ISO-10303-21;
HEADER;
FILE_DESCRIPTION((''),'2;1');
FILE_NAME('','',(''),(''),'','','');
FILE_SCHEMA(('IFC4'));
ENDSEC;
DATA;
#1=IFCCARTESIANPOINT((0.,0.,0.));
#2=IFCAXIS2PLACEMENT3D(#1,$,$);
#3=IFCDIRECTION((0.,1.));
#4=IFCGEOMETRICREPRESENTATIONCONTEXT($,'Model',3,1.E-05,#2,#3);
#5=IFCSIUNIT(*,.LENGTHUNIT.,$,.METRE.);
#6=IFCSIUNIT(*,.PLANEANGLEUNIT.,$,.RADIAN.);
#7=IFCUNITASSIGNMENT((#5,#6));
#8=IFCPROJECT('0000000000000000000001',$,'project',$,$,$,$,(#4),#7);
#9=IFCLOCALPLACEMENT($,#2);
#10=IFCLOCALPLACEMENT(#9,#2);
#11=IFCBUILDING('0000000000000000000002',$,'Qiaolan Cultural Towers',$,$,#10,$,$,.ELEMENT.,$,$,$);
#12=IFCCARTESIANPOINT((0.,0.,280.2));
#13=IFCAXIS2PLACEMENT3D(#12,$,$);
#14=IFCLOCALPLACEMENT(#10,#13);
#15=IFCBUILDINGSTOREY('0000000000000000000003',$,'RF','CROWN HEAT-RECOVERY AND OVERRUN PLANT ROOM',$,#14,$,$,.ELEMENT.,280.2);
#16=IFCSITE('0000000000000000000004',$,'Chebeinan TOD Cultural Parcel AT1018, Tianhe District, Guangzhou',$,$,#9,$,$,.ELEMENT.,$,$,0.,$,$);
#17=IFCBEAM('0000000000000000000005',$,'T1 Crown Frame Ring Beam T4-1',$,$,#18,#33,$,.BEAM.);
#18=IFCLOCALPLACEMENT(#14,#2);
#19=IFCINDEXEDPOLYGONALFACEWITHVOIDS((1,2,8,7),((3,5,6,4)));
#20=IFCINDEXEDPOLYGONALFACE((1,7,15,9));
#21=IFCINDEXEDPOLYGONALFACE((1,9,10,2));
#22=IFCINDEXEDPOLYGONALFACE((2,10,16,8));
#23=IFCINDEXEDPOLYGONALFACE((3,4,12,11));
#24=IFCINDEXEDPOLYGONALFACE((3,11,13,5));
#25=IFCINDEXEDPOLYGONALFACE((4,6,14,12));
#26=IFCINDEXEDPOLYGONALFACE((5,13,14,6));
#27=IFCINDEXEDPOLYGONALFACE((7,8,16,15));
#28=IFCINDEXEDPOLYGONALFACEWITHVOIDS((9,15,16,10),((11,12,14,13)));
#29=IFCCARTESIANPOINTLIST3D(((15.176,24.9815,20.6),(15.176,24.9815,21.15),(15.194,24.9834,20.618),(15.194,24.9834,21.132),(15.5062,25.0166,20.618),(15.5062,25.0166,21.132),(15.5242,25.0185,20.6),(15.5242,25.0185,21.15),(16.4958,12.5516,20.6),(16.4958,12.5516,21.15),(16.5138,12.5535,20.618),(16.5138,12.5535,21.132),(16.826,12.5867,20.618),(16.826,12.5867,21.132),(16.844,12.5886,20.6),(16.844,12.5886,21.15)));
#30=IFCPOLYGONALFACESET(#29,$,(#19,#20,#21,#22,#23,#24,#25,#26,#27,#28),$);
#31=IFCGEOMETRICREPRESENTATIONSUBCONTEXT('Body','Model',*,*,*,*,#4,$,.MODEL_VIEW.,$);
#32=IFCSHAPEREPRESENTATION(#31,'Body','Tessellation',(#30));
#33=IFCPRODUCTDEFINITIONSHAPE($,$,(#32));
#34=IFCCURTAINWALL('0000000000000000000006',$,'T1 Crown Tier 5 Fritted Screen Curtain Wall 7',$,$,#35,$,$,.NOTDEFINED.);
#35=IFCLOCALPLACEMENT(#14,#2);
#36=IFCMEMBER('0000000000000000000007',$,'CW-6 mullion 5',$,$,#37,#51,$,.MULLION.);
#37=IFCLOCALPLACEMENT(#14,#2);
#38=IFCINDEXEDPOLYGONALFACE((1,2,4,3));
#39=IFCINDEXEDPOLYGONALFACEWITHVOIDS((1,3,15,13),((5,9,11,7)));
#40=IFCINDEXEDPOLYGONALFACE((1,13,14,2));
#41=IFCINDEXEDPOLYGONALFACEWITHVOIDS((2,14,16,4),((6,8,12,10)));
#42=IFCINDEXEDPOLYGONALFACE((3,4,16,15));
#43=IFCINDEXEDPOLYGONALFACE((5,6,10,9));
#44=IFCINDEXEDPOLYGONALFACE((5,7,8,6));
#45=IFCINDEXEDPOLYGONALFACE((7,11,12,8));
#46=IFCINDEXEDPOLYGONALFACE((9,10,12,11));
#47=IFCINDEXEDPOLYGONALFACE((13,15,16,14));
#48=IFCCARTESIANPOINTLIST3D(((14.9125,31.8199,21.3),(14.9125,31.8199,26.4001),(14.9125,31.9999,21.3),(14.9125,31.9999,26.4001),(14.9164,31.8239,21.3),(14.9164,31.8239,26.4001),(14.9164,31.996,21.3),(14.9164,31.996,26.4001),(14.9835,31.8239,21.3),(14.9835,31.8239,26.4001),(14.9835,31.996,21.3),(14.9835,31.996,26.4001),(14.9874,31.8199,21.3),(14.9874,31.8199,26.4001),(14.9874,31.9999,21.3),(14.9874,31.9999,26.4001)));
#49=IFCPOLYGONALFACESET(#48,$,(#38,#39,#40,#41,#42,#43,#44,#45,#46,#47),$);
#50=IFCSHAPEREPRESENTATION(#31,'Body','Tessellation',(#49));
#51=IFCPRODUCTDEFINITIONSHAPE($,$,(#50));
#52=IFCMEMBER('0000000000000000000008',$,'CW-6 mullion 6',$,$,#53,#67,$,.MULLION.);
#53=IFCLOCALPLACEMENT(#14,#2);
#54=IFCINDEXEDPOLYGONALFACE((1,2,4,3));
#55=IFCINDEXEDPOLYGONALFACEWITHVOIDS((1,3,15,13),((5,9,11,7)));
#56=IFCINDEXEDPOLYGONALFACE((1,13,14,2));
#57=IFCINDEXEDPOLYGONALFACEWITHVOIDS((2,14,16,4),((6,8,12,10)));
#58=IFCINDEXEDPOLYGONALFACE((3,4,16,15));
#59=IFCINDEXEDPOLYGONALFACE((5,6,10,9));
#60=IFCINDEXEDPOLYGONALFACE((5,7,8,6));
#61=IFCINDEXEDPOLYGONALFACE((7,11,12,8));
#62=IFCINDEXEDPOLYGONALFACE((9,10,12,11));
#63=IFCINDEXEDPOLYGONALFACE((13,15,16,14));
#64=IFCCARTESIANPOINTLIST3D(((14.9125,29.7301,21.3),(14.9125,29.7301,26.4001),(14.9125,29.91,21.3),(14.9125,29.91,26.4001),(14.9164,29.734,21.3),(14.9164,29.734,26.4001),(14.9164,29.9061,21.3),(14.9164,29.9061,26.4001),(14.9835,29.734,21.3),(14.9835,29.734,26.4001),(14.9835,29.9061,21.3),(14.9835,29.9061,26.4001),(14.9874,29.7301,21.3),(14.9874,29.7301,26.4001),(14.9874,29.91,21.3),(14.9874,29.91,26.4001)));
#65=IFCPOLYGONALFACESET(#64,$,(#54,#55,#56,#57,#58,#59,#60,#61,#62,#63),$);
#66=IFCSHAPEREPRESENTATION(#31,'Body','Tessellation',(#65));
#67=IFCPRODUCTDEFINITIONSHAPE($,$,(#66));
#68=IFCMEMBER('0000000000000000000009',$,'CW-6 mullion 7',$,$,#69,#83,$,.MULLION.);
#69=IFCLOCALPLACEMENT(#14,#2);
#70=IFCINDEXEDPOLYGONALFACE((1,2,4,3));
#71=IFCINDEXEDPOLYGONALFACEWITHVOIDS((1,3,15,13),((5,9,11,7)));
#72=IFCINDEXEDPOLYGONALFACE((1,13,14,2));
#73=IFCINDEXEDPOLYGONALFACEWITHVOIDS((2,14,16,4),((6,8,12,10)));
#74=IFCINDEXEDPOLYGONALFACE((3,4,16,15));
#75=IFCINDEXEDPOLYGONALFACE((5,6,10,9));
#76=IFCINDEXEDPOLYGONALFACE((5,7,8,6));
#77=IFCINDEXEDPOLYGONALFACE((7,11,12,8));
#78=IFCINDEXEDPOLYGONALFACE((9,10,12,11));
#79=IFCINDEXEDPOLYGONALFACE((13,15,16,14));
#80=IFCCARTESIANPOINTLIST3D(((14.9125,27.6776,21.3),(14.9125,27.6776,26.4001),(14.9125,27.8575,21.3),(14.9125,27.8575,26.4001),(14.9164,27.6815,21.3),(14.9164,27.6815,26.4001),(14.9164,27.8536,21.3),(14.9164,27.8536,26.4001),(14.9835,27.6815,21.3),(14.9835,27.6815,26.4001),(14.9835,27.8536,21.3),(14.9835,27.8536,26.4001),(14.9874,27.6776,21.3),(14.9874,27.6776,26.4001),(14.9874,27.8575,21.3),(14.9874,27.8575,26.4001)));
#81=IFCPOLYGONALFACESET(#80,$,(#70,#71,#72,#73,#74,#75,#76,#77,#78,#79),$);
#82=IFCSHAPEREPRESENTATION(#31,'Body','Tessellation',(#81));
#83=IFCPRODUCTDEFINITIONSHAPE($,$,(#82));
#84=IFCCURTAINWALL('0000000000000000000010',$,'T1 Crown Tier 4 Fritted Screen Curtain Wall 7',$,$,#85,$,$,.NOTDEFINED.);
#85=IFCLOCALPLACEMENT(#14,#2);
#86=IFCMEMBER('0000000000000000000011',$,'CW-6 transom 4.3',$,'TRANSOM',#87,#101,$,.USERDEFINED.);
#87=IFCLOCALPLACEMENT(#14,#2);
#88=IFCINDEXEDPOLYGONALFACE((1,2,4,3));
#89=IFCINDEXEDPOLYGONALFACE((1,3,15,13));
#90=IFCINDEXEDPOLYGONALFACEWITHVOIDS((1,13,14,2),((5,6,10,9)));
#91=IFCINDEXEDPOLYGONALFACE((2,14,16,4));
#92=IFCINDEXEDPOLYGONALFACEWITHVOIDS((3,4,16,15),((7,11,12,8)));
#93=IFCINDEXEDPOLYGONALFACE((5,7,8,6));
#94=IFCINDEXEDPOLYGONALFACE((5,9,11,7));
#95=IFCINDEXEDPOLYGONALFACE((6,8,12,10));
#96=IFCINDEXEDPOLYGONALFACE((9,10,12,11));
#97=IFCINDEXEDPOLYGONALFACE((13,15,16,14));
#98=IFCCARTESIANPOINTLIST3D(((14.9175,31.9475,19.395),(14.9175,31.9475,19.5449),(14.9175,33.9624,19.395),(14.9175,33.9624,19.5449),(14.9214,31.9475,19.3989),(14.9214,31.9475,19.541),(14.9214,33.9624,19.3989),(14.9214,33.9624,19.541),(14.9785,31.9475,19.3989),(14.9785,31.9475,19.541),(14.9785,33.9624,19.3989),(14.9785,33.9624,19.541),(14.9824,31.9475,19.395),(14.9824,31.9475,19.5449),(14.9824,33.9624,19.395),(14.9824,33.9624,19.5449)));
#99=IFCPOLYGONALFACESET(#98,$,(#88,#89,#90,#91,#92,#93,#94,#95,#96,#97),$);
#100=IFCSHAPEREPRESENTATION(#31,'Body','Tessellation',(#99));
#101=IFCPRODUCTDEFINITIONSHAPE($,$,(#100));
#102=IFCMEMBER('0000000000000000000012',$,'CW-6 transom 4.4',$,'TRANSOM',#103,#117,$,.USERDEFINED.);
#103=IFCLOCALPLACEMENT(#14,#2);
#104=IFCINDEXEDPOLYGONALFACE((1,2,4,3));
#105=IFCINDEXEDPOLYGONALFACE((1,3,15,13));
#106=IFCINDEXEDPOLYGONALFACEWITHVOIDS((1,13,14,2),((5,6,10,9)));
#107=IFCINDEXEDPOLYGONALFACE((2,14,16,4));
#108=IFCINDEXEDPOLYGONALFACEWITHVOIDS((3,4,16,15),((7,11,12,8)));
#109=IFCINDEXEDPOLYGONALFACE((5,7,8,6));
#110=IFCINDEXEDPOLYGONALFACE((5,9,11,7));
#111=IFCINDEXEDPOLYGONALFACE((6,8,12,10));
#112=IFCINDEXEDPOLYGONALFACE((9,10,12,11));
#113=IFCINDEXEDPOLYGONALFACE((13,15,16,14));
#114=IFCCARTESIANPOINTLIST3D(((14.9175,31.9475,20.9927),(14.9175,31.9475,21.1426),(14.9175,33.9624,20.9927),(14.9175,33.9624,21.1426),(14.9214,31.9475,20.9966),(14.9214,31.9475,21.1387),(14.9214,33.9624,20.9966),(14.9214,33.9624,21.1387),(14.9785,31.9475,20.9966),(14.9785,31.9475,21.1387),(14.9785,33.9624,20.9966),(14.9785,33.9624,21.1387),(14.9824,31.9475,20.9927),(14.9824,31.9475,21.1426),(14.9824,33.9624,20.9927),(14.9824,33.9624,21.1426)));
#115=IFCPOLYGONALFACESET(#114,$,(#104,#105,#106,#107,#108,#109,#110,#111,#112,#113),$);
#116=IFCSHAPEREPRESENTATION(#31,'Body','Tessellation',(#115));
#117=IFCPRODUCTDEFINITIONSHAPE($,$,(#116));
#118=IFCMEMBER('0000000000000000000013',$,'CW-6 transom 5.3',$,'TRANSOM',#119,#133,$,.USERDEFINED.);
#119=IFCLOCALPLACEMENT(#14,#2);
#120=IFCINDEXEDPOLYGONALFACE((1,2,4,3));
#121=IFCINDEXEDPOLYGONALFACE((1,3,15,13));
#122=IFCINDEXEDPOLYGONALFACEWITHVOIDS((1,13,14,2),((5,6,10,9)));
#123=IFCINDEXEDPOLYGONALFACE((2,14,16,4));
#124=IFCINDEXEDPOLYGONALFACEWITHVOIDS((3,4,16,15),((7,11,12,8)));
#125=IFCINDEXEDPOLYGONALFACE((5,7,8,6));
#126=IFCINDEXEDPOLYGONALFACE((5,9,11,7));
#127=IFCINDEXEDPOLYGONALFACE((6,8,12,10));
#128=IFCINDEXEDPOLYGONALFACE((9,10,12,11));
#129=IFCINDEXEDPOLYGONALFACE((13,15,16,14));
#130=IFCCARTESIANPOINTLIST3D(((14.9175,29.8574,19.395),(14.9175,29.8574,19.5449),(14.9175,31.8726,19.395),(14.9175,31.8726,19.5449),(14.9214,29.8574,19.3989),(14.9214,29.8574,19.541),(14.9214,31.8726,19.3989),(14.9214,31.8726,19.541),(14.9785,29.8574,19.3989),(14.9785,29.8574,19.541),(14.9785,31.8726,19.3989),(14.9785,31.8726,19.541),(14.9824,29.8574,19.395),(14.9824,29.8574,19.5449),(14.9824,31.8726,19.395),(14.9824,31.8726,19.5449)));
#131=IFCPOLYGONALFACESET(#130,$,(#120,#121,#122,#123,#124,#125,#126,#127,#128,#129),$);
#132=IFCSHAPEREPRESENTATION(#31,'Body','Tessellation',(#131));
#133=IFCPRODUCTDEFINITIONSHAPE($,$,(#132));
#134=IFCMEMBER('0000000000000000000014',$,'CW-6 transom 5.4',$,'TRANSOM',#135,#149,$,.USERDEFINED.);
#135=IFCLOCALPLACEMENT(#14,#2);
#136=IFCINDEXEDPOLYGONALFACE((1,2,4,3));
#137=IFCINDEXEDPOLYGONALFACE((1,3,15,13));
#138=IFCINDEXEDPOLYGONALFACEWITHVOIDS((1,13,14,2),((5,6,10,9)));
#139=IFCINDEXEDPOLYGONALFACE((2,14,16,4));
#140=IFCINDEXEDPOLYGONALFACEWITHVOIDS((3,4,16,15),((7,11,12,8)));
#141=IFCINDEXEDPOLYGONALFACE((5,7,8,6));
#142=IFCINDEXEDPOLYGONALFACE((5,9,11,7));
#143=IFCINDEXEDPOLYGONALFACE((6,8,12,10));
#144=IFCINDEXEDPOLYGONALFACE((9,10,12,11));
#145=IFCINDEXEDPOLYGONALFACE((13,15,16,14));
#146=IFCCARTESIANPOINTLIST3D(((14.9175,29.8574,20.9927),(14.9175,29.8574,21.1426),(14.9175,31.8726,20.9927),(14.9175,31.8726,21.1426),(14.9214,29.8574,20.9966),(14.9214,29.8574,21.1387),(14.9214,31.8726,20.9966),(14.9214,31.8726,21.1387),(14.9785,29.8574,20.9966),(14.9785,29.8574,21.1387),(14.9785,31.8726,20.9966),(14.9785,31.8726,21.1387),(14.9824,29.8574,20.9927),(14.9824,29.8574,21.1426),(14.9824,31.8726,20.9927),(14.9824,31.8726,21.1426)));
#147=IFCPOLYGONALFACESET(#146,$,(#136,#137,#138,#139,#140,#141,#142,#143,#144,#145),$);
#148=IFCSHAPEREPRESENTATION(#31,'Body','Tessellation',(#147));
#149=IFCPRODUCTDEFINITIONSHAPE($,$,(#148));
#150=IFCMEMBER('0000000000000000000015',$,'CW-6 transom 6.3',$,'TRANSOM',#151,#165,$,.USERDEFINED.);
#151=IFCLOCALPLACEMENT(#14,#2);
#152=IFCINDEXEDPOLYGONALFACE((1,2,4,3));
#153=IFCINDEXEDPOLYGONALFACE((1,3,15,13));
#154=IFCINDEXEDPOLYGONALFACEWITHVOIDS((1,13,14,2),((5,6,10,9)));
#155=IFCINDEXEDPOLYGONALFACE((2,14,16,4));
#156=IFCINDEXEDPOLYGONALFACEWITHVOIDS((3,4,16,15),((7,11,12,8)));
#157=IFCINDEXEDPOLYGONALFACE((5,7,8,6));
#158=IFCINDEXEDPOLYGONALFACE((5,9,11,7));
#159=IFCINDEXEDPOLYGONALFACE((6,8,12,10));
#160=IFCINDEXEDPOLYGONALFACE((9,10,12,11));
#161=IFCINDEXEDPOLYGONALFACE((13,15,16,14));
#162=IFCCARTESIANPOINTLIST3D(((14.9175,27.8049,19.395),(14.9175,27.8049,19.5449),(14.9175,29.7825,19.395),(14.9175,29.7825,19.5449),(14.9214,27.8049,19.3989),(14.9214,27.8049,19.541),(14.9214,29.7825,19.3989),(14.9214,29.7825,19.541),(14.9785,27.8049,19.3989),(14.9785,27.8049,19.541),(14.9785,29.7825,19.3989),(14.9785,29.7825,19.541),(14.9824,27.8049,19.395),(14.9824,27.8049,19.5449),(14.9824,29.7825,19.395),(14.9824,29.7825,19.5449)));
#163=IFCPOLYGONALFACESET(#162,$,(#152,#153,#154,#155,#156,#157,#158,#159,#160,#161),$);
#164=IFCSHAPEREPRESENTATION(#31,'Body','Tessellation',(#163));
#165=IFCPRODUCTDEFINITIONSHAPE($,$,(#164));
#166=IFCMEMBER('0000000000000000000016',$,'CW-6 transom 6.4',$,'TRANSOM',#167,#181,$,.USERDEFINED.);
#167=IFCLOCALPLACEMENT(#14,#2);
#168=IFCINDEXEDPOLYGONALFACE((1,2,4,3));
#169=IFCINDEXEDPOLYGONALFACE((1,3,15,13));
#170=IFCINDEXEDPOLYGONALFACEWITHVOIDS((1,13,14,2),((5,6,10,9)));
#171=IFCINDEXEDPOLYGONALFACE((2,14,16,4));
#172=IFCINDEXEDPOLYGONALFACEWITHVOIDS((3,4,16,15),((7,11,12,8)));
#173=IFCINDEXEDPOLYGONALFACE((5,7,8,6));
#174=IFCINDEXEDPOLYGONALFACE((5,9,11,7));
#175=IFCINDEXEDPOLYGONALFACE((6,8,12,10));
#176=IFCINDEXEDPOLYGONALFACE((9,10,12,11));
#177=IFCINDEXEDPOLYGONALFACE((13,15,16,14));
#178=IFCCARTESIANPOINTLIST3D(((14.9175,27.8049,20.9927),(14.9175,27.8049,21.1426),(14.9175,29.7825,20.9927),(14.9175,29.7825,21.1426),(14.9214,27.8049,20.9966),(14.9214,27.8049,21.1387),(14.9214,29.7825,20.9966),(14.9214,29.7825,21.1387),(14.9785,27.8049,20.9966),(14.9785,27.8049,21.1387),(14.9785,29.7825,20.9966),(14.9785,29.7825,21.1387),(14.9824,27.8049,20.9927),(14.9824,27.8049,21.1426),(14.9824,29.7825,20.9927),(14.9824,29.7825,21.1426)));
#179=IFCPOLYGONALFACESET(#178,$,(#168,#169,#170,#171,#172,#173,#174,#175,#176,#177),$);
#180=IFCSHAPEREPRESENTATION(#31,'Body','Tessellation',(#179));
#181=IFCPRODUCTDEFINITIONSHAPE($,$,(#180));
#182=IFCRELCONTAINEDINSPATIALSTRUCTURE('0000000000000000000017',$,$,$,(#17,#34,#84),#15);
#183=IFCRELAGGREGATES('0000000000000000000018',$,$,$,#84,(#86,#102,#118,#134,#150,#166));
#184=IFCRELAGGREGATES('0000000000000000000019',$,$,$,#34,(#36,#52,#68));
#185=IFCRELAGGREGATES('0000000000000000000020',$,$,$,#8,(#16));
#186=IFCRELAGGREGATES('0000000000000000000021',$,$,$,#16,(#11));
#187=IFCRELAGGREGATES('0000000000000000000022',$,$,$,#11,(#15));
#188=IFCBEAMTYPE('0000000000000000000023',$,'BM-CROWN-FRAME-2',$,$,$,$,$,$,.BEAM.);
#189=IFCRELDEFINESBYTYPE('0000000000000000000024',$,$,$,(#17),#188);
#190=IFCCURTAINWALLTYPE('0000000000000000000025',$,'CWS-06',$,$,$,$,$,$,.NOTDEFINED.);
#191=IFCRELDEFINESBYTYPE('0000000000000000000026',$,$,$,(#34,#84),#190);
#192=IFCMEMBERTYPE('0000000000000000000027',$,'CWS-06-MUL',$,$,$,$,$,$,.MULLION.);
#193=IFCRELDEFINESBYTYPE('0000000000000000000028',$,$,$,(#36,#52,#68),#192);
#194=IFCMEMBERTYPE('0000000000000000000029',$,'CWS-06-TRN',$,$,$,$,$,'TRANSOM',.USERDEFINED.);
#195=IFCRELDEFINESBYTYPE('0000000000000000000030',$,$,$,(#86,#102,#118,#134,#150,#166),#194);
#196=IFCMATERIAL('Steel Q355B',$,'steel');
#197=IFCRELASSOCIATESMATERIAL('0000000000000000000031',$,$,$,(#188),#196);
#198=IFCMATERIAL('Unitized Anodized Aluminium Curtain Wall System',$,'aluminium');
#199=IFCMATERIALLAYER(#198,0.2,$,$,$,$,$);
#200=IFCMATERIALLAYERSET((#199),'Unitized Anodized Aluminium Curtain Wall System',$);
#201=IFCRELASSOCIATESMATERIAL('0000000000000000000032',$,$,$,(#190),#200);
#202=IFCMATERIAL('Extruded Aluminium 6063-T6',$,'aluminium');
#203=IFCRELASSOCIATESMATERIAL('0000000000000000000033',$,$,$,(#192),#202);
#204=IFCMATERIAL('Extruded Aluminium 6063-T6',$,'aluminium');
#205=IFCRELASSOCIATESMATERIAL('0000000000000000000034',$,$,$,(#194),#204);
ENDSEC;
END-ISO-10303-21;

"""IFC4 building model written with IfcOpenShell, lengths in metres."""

from ifc_helpers import new_model, si_unit, direction, frame, origin, origin_2d, place, context, subcontext, project, spatial, hollow_rectangle, extrude, material, layer, layer_set, material_profile, profile_set, type_object, element, aggregate, save


model = new_model("IFC4")

# Units and contexts
model_context = context("Model", 3, precision=1e-05, world=origin(), true_north=direction((0.0, 1.0)))
body_context = subcontext(model_context, "Body", "Model", "MODEL_VIEW")
ifc_project = project(units=[si_unit("LENGTHUNIT", "METRE"), si_unit("PLANEANGLEUNIT", "RADIAN")], contexts=[model_context])

# Site, building, storey
site_placement = place(None, origin())
site = spatial("IfcSite", under=ifc_project, at=site_placement, Name="Chebeinan TOD Cultural Parcel AT1018, Tianhe District, Guangzhou", CompositionType="ELEMENT", RefElevation=0.0)
building_placement = place(site_placement, origin())
building = spatial("IfcBuilding", under=site, at=building_placement, Name="Qiaolan Cultural Towers", CompositionType="ELEMENT")
storey_placement = place(building_placement, frame((0.0, 0.0, 280.2)))
storey = spatial("IfcBuildingStorey", under=building, at=storey_placement, Name="RF", Description="CROWN HEAT-RECOVERY AND OVERRUN PLANT ROOM", CompositionType="ELEMENT", Elevation=280.2)

# Beam
ifc_material_1 = material(Name="Steel Q355B", Category="steel")
ifc_material_profile_1 = material_profile(ifc_material_1, hollow_rectangle(XDim=0.3501, YDim=0.55, WallThickness=0.0181, at=origin_2d()), Name="BOX550x350x18")
ifc_profile_set_1 = profile_set([ifc_material_profile_1], Name="Steel Q355B")
beam_type = type_object("IfcBeamType", Name="BM-CROWN-FRAME-2", PredefinedType="BEAM", material=ifc_profile_set_1)
beam_placement = place(storey_placement, frame((15.3501, 25.0, 20.875), z_axis=(0.105588, -0.99441, 0.0), x_axis=(0.99441, 0.105588, 0.0)))
element("IfcBeam", 1, at=beam_placement, inside=storey, type_object=beam_type, Name="T1 Crown Frame Ring Beam T4-1", PredefinedType="BEAM", context=body_context, shape_type="SweptSolid", body=[
    extrude(hollow_rectangle(XDim=0.3501, YDim=0.55, WallThickness=0.0181, at=origin_2d()), origin(), (0.0, 0.0, 1.0), 12.4998),
])

# Curtain walls, members
ifc_material_2 = material(Name="Unitized Anodized Aluminium Curtain Wall System", Category="aluminium")
ifc_layer_1 = layer(ifc_material_2, 0.2)
ifc_layer_set_1 = layer_set([ifc_layer_1], Name="Unitized Anodized Aluminium Curtain Wall System")
curtain_wall_type = type_object("IfcCurtainWallType", Name="CWS-06", PredefinedType="NOTDEFINED", material=ifc_layer_set_1)
curtain_wall_1_placement = place(storey_placement, origin())
curtain_wall_1 = element("IfcCurtainWall", 2, at=curtain_wall_1_placement, inside=storey, type_object=curtain_wall_type, Name="T1 Crown Tier 5 Fritted Screen Curtain Wall 7", PredefinedType="NOTDEFINED")
ifc_material_3 = material(Name="Extruded Aluminium 6063-T6", Category="aluminium")
ifc_material_profile_2 = material_profile(ifc_material_3, hollow_rectangle(XDim=0.075, YDim=0.1799, WallThickness=0.0039, at=origin_2d()), Name="CWM-180x75x4")
ifc_profile_set_2 = profile_set([ifc_material_profile_2], Name="Extruded Aluminium 6063-T6")
member_type_1 = type_object("IfcMemberType", Name="CWS-06-MUL", PredefinedType="MULLION", material=ifc_profile_set_2)
member_1_placement = place(storey_placement, frame((14.95, 31.9099, 21.3), z_axis=(0.0, 0.0, 1.0), x_axis=(1.0, 0.0, 0.0)))
member_1 = element("IfcMember", 3, at=member_1_placement, type_object=member_type_1, Name="CW-6 mullion 5", PredefinedType="MULLION", context=body_context, shape_type="SweptSolid", body=[
    extrude(hollow_rectangle(XDim=0.075, YDim=0.1799, WallThickness=0.0039, at=origin_2d()), origin(), (0.0, 0.0, 1.0), 5.1001),
])
member_2_placement = place(storey_placement, frame((14.95, 29.8201, 21.3), z_axis=(0.0, 0.0, 1.0), x_axis=(1.0, 0.0, 0.0)))
member_2 = element("IfcMember", 4, at=member_2_placement, type_object=member_type_1, Name="CW-6 mullion 6", PredefinedType="MULLION", context=body_context, shape_type="SweptSolid", body=[
    extrude(hollow_rectangle(XDim=0.075, YDim=0.1799, WallThickness=0.0039, at=origin_2d()), origin(), (0.0, 0.0, 1.0), 5.1001),
])
member_3_placement = place(storey_placement, frame((14.95, 27.7676, 21.3), z_axis=(0.0, 0.0, 1.0), x_axis=(1.0, 0.0, 0.0)))
member_3 = element("IfcMember", 5, at=member_3_placement, type_object=member_type_1, Name="CW-6 mullion 7", PredefinedType="MULLION", context=body_context, shape_type="SweptSolid", body=[
    extrude(hollow_rectangle(XDim=0.075, YDim=0.1799, WallThickness=0.0039, at=origin_2d()), origin(), (0.0, 0.0, 1.0), 5.1001),
])
curtain_wall_2_placement = place(storey_placement, origin())
curtain_wall_2 = element("IfcCurtainWall", 6, at=curtain_wall_2_placement, inside=storey, type_object=curtain_wall_type, Name="T1 Crown Tier 4 Fritted Screen Curtain Wall 7", PredefinedType="NOTDEFINED")
ifc_material_4 = material(Name="Extruded Aluminium 6063-T6", Category="aluminium")
ifc_material_profile_3 = material_profile(ifc_material_4, hollow_rectangle(XDim=0.0649, YDim=0.1499, WallThickness=0.0039, at=origin_2d()), Name="CWT-150x65x4")
ifc_profile_set_3 = profile_set([ifc_material_profile_3], Name="Extruded Aluminium 6063-T6")
member_type_2 = type_object("IfcMemberType", Name="CWS-06-TRN", ElementType="TRANSOM", PredefinedType="USERDEFINED", material=ifc_profile_set_3)
member_4_placement = place(storey_placement, frame((14.95, 33.9624, 19.47), z_axis=(0.0, -1.0, 0.0), x_axis=(1.0, 0.0, 0.0)))
member_4 = element("IfcMember", 7, at=member_4_placement, type_object=member_type_2, Name="CW-6 transom 4.3", ObjectType="TRANSOM", PredefinedType="USERDEFINED", context=body_context, shape_type="SweptSolid", body=[
    extrude(hollow_rectangle(XDim=0.0649, YDim=0.1499, WallThickness=0.0039, at=origin_2d()), origin(), (0.0, 0.0, 1.0), 2.0149),
])
member_5_placement = place(storey_placement, frame((14.95, 33.9624, 21.0676), z_axis=(0.0, -1.0, 0.0), x_axis=(1.0, 0.0, 0.0)))
member_5 = element("IfcMember", 8, at=member_5_placement, type_object=member_type_2, Name="CW-6 transom 4.4", ObjectType="TRANSOM", PredefinedType="USERDEFINED", context=body_context, shape_type="SweptSolid", body=[
    extrude(hollow_rectangle(XDim=0.0649, YDim=0.1499, WallThickness=0.0039, at=origin_2d()), origin(), (0.0, 0.0, 1.0), 2.0149),
])
member_6_placement = place(storey_placement, frame((14.95, 31.8726, 19.47), z_axis=(0.0, -1.0, 0.0), x_axis=(1.0, 0.0, 0.0)))
member_6 = element("IfcMember", 9, at=member_6_placement, type_object=member_type_2, Name="CW-6 transom 5.3", ObjectType="TRANSOM", PredefinedType="USERDEFINED", context=body_context, shape_type="SweptSolid", body=[
    extrude(hollow_rectangle(XDim=0.0649, YDim=0.1499, WallThickness=0.0039, at=origin_2d()), origin(), (0.0, 0.0, 1.0), 2.0151),
])
member_7_placement = place(storey_placement, frame((14.95, 31.8726, 21.0676), z_axis=(0.0, -1.0, 0.0), x_axis=(1.0, 0.0, 0.0)))
member_7 = element("IfcMember", 10, at=member_7_placement, type_object=member_type_2, Name="CW-6 transom 5.4", ObjectType="TRANSOM", PredefinedType="USERDEFINED", context=body_context, shape_type="SweptSolid", body=[
    extrude(hollow_rectangle(XDim=0.0649, YDim=0.1499, WallThickness=0.0039, at=origin_2d()), origin(), (0.0, 0.0, 1.0), 2.0151),
])
member_8_placement = place(storey_placement, frame((14.95, 29.7825, 19.47), z_axis=(0.0, -1.0, 0.0), x_axis=(1.0, 0.0, 0.0)))
member_8 = element("IfcMember", 11, at=member_8_placement, type_object=member_type_2, Name="CW-6 transom 6.3", ObjectType="TRANSOM", PredefinedType="USERDEFINED", context=body_context, shape_type="SweptSolid", body=[
    extrude(hollow_rectangle(XDim=0.0649, YDim=0.1499, WallThickness=0.0039, at=origin_2d()), origin(), (0.0, 0.0, 1.0), 1.9775),
])
member_9_placement = place(storey_placement, frame((14.95, 29.7825, 21.0676), z_axis=(0.0, -1.0, 0.0), x_axis=(1.0, 0.0, 0.0)))
member_9 = element("IfcMember", 12, at=member_9_placement, type_object=member_type_2, Name="CW-6 transom 6.4", ObjectType="TRANSOM", PredefinedType="USERDEFINED", context=body_context, shape_type="SweptSolid", body=[
    extrude(hollow_rectangle(XDim=0.0649, YDim=0.1499, WallThickness=0.0039, at=origin_2d()), origin(), (0.0, 0.0, 1.0), 1.9775),
])

aggregate(curtain_wall_2, [member_4, member_5, member_6, member_7, member_8, member_9])
aggregate(curtain_wall_1, [member_1, member_2, member_3])

save(model, "model.ifc")
